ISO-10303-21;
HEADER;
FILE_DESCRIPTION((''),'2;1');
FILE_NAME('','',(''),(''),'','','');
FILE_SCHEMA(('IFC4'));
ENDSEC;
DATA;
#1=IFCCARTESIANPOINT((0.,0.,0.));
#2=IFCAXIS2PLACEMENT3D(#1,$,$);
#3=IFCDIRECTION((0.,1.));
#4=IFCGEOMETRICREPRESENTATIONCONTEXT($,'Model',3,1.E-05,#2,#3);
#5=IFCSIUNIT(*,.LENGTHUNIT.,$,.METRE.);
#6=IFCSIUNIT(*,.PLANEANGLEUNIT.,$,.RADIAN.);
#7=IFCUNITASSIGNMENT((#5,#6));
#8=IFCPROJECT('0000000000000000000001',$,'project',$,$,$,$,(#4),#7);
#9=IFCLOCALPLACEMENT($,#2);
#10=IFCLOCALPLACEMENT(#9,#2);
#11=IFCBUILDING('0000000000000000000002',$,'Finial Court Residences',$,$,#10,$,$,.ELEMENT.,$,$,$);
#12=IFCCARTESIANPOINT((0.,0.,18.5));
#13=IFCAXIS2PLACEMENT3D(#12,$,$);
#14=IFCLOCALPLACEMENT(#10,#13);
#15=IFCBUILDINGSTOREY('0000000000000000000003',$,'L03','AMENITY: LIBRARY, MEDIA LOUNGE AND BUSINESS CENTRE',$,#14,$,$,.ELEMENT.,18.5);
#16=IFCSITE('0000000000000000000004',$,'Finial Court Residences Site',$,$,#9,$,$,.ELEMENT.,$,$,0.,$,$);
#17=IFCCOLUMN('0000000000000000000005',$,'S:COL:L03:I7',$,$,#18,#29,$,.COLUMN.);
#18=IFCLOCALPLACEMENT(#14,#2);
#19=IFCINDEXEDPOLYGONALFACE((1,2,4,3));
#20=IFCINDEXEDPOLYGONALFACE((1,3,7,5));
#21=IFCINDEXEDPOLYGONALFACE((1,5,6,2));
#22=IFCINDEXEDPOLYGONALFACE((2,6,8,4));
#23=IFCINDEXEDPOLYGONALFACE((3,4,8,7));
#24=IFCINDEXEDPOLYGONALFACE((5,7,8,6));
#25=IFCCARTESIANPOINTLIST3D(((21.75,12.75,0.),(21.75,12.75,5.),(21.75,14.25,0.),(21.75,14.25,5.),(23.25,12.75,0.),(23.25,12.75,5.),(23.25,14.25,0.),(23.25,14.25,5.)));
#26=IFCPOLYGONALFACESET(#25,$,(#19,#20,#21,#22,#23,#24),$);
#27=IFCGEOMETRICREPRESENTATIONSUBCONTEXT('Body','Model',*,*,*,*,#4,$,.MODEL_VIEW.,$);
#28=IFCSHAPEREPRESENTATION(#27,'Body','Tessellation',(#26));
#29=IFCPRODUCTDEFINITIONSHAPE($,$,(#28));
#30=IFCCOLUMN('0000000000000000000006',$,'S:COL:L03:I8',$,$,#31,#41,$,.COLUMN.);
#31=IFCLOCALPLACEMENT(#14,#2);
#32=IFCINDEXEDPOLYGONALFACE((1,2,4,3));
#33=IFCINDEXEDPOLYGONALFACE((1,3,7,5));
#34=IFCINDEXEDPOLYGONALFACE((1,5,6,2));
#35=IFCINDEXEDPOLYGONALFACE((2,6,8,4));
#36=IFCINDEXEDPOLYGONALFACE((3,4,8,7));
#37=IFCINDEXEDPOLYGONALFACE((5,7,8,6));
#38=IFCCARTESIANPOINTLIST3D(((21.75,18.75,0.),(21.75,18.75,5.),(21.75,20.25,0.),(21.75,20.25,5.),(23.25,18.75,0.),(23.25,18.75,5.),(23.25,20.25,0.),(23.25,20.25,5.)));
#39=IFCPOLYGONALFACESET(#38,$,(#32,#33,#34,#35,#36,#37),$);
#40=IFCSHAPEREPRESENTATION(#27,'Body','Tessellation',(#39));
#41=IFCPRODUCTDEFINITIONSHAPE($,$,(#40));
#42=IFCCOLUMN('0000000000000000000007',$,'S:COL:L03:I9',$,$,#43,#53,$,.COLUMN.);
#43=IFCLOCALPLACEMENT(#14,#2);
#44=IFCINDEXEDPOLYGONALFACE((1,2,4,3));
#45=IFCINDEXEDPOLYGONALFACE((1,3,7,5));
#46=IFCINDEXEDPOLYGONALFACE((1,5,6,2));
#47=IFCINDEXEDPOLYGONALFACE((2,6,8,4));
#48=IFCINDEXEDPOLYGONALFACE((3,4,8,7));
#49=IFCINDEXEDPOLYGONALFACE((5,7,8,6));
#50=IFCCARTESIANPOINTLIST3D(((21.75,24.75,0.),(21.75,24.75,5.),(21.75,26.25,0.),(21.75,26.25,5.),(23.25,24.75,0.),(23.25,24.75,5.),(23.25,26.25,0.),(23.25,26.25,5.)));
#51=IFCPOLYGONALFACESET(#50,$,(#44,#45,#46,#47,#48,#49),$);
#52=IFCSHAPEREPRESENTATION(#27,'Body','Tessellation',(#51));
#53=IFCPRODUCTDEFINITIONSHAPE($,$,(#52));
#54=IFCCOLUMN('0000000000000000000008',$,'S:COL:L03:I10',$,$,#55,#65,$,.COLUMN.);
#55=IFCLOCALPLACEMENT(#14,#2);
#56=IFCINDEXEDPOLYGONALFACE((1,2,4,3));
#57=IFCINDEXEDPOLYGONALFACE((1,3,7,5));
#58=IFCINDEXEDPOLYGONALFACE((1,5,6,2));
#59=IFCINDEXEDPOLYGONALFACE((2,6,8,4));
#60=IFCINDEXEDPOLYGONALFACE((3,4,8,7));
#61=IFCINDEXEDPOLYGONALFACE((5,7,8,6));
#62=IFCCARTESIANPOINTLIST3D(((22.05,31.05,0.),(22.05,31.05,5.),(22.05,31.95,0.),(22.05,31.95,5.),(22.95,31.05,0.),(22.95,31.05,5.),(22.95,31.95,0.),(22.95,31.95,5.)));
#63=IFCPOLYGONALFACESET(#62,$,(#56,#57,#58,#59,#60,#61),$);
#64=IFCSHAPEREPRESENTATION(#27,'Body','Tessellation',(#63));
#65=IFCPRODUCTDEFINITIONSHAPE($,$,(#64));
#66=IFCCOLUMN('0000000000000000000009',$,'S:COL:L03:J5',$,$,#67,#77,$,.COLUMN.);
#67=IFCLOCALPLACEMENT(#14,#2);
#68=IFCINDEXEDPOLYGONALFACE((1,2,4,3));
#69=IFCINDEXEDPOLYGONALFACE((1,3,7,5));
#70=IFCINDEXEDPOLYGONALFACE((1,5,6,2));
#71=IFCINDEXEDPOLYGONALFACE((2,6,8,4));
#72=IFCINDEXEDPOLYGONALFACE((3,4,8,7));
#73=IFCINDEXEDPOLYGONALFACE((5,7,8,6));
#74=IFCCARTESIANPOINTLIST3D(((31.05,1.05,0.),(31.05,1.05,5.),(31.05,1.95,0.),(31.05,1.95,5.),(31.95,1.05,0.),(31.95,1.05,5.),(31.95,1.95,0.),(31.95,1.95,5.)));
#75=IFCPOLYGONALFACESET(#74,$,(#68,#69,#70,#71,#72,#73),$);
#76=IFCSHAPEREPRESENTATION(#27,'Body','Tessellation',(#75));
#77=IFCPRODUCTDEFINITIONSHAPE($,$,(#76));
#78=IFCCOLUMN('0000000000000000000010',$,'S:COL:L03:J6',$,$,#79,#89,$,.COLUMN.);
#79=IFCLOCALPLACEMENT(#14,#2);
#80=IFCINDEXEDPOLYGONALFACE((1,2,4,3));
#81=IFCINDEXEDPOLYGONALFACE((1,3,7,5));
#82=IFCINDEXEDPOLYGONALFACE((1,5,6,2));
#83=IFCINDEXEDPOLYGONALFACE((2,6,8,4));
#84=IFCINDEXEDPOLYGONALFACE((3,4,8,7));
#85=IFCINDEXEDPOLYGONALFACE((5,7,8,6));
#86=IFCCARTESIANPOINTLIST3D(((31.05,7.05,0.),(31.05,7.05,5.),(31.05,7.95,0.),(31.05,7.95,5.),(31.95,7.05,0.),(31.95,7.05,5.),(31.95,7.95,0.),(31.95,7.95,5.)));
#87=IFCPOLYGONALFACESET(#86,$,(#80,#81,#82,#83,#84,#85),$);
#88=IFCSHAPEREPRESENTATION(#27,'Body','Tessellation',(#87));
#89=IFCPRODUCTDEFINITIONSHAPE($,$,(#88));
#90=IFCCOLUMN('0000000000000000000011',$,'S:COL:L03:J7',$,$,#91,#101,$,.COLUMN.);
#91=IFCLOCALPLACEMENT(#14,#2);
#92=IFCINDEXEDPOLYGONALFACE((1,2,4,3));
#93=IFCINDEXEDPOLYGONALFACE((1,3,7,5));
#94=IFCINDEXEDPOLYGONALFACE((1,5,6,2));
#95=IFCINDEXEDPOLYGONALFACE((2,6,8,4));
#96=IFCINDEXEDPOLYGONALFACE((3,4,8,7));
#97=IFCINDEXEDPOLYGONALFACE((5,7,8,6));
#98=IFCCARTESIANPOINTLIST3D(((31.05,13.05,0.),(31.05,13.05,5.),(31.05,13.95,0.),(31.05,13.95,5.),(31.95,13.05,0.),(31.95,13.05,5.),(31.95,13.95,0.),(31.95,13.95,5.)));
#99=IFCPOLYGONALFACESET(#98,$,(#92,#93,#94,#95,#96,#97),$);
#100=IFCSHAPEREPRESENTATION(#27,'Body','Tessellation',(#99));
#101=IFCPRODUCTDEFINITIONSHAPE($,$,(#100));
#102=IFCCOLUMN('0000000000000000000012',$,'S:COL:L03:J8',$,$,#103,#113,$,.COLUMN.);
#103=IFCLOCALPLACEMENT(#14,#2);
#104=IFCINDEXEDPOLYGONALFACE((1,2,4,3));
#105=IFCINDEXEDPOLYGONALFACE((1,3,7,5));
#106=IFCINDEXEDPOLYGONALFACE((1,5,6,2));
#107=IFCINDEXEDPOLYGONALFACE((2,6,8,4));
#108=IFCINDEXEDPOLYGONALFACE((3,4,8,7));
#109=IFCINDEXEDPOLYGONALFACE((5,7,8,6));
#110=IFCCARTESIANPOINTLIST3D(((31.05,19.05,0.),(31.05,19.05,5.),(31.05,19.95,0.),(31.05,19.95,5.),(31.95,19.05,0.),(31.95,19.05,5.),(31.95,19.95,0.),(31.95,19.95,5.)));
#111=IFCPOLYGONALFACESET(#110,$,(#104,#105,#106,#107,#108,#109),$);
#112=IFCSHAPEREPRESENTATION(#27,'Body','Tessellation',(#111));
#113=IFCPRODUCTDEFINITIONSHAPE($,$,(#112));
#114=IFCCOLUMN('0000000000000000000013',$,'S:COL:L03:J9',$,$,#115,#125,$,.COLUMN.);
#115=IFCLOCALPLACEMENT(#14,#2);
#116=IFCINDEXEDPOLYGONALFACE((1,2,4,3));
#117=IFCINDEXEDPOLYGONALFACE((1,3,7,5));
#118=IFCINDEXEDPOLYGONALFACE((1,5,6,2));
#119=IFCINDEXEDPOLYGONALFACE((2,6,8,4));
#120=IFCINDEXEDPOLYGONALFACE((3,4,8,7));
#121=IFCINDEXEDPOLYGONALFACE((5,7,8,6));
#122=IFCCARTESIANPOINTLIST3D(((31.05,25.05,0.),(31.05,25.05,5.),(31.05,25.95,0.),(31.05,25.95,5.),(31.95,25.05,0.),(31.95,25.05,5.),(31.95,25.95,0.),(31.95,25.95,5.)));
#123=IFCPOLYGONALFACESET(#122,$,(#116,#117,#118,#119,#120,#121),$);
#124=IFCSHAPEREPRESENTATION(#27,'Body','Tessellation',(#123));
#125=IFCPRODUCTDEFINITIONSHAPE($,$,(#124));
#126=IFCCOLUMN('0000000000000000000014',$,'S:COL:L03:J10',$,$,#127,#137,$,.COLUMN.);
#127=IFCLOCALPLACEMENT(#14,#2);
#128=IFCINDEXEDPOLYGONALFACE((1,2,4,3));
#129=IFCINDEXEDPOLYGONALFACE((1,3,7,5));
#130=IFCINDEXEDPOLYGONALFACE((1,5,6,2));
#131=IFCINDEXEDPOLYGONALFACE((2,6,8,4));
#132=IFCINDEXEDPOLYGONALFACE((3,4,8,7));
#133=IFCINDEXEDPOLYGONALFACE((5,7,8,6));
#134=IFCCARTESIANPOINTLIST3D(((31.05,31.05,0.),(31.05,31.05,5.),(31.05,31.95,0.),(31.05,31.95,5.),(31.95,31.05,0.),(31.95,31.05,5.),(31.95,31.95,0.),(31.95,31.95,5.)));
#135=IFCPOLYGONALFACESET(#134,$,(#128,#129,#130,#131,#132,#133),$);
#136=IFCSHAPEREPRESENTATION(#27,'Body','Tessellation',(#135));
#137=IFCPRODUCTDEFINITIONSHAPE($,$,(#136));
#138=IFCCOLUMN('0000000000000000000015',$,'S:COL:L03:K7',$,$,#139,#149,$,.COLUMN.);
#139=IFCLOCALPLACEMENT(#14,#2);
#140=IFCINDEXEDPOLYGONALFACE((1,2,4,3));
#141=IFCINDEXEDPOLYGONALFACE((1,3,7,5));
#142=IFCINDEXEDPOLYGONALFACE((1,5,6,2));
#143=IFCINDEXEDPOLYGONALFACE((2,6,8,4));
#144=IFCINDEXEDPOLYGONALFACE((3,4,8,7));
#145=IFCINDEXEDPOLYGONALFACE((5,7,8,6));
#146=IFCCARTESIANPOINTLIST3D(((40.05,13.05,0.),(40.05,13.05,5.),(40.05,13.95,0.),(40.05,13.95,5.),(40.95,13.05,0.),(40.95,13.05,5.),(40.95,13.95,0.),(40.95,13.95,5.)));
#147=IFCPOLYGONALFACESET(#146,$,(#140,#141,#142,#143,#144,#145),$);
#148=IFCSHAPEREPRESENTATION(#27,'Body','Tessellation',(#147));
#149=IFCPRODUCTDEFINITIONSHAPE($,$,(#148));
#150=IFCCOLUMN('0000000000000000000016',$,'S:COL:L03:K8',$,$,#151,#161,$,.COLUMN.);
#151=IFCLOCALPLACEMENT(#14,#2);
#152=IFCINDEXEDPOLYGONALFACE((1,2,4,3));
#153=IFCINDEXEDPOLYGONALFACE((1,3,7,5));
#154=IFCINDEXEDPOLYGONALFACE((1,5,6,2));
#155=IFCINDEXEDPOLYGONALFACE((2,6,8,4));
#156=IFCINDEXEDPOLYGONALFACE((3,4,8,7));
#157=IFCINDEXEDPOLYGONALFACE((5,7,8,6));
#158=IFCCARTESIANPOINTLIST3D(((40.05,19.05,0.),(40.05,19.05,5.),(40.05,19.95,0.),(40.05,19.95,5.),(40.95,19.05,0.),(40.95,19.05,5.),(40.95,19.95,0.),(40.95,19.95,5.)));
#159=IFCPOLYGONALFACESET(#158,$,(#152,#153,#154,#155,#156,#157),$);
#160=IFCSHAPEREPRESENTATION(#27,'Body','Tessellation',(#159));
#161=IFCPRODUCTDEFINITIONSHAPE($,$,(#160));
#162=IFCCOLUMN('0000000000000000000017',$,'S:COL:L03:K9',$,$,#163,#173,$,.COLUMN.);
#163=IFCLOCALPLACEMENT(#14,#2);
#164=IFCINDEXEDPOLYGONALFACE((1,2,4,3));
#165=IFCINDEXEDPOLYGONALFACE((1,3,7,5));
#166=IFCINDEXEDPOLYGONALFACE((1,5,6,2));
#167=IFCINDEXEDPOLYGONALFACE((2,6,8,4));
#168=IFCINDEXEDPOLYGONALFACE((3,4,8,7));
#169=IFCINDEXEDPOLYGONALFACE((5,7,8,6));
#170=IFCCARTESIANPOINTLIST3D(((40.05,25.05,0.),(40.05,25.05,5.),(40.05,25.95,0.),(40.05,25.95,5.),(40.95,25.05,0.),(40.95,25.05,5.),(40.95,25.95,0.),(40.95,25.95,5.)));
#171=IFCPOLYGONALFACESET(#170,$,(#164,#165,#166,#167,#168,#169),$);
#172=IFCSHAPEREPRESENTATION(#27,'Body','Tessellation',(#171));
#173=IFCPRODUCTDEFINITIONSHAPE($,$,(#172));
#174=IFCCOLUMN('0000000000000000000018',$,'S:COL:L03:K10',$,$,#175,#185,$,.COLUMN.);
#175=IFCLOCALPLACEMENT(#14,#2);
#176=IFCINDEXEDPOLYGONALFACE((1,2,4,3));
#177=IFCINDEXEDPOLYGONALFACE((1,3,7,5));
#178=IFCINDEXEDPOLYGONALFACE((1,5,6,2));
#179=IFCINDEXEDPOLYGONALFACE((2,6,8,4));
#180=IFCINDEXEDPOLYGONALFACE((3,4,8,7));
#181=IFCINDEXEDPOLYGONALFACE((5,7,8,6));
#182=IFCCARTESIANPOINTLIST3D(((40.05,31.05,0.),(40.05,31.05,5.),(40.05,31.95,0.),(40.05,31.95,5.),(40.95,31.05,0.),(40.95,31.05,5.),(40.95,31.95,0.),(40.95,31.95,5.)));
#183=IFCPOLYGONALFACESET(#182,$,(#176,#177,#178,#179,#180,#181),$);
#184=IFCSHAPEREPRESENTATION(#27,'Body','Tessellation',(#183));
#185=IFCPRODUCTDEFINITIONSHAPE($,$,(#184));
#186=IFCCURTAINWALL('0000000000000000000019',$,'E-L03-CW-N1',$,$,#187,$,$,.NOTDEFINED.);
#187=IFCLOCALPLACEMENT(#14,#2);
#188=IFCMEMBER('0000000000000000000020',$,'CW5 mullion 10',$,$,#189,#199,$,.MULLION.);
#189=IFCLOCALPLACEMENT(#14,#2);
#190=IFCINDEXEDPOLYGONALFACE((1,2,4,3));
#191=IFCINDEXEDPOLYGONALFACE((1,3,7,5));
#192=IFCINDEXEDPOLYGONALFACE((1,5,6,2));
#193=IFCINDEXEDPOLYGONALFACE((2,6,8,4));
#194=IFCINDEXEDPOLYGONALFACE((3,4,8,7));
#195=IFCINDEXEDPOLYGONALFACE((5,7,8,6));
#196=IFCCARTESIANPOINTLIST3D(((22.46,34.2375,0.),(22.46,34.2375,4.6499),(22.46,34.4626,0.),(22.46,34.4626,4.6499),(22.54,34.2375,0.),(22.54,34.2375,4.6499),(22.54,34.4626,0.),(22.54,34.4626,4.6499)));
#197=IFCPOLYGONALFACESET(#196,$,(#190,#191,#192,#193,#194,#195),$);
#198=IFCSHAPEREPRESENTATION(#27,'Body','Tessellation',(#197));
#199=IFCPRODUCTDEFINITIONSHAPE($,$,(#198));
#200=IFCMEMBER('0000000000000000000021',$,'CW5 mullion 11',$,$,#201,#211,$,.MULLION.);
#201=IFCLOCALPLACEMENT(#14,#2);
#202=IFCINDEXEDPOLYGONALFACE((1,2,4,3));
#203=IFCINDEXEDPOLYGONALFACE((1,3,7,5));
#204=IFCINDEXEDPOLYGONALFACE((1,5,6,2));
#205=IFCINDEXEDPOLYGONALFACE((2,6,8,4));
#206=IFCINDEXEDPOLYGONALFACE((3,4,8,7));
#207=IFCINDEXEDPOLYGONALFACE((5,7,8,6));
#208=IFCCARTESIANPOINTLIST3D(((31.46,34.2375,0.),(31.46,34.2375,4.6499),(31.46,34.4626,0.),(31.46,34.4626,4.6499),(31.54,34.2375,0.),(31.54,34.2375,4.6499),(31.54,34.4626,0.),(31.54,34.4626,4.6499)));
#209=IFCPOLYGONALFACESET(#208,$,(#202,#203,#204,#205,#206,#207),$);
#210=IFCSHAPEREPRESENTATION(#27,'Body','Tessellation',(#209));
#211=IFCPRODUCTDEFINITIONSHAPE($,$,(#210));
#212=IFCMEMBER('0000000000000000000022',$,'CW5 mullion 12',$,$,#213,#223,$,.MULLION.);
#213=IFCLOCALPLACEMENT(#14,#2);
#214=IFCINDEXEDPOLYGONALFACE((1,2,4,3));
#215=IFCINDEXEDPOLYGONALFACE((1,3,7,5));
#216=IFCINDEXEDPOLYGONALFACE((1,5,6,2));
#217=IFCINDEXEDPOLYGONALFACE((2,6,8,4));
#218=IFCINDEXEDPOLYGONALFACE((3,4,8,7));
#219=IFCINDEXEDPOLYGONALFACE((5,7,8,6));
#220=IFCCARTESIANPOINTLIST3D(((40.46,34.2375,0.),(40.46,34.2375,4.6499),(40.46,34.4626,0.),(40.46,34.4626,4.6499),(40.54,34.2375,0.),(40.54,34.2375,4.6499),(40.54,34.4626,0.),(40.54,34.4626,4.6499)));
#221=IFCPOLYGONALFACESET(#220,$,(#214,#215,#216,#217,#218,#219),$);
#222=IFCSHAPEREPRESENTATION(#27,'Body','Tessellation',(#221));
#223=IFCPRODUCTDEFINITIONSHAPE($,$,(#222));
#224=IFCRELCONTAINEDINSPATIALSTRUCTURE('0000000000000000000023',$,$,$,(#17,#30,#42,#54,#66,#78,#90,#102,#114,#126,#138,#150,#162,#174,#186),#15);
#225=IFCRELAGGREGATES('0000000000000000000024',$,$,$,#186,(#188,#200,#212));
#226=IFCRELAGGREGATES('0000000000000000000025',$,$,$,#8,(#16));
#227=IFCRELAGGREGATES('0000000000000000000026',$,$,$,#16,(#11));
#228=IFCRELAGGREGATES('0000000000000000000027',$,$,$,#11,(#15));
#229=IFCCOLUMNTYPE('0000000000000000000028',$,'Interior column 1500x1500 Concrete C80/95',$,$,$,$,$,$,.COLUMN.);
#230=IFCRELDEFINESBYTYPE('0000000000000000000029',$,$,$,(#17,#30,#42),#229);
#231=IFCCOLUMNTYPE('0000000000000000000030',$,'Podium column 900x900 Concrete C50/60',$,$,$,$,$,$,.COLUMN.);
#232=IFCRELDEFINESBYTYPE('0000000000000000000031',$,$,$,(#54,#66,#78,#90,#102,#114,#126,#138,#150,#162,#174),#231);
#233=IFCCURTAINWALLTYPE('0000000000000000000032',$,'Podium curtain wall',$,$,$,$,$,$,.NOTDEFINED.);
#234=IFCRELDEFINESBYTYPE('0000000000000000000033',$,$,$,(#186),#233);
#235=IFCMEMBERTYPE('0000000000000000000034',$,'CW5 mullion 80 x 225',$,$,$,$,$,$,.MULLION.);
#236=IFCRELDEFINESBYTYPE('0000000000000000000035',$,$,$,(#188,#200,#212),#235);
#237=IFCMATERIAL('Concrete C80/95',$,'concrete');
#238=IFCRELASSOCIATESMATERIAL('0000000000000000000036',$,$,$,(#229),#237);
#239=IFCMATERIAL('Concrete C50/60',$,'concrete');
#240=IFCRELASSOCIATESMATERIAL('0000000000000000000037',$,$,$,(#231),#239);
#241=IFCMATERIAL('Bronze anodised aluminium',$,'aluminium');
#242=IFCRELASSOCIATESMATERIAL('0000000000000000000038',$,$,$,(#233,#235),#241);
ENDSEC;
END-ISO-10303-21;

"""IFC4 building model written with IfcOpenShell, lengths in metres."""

from ifc_helpers import new_model, si_unit, direction, frame, origin, origin_2d, place, context, subcontext, project, spatial, rectangle, extrude, material, material_profile, profile_set, type_object, element, aggregate, save


model = new_model("IFC4")

# Units and contexts
model_context = context("Model", 3, precision=1e-05, world=origin(), true_north=direction((0.0, 1.0)))
body_context = subcontext(model_context, "Body", "Model", "MODEL_VIEW")
ifc_project = project(units=[si_unit("LENGTHUNIT", "METRE"), si_unit("PLANEANGLEUNIT", "RADIAN")], contexts=[model_context])

# Site, building, storey
site_placement = place(None, origin())
site = spatial("IfcSite", under=ifc_project, at=site_placement, Name="Finial Court Residences Site", CompositionType="ELEMENT", RefElevation=0.0)
building_placement = place(site_placement, origin())
building = spatial("IfcBuilding", under=site, at=building_placement, Name="Finial Court Residences", CompositionType="ELEMENT")
storey_placement = place(building_placement, frame((0.0, 0.0, 18.5)))
storey = spatial("IfcBuildingStorey", under=building, at=storey_placement, Name="L03", Description="AMENITY: LIBRARY, MEDIA LOUNGE AND BUSINESS CENTRE", CompositionType="ELEMENT", Elevation=18.5)

# Columns
ifc_material_1 = material(Name="Concrete C80/95", Category="concrete")
ifc_material_profile_1 = material_profile(ifc_material_1, rectangle(XDim=1.5, YDim=1.5, at=origin_2d()), Name="1500x1500")
ifc_profile_set_1 = profile_set([ifc_material_profile_1], Name="Concrete C80/95")
column_type_1 = type_object("IfcColumnType", Name="Interior column 1500x1500 Concrete C80/95", PredefinedType="COLUMN", material=ifc_profile_set_1)
for number, where, z_axis, x_axis, name in (
    (1, (22.5, 13.5, 0.0), (0.0, 0.0, 1.0), (1.0, 0.0, 0.0), "S:COL:L03:I7"),
    (2, (22.5, 19.5, 0.0), (0.0, 0.0, 1.0), (1.0, 0.0, 0.0), "S:COL:L03:I8"),
    (3, (22.5, 25.5, 0.0), (0.0, 0.0, 1.0), (1.0, 0.0, 0.0), "S:COL:L03:I9"),
):
    element("IfcColumn", number, at=place(storey_placement, frame(where, z_axis=z_axis, x_axis=x_axis)), inside=storey, type_object=column_type_1, Name=name, PredefinedType="COLUMN", context=body_context, shape_type="SweptSolid", body=[
        extrude(rectangle(XDim=1.5, YDim=1.5, at=origin_2d()), origin(), (0.0, 0.0, 1.0), 5.0),
    ])
ifc_material_2 = material(Name="Concrete C50/60", Category="concrete")
ifc_material_profile_2 = material_profile(ifc_material_2, rectangle(XDim=0.8999, YDim=0.8999, at=origin_2d()), Name="900x900")
ifc_profile_set_2 = profile_set([ifc_material_profile_2], Name="Concrete C50/60")
column_type_2 = type_object("IfcColumnType", Name="Podium column 900x900 Concrete C50/60", PredefinedType="COLUMN", material=ifc_profile_set_2)
for number, where, z_axis, x_axis, name in (
    (4, (22.5, 31.5, 0.0), (0.0, 0.0, 1.0), (1.0, 0.0, 0.0), "S:COL:L03:I10"),
    (5, (31.5, 1.5, 0.0), (0.0, 0.0, 1.0), (1.0, 0.0, 0.0), "S:COL:L03:J5"),
    (6, (31.5, 7.5, 0.0), (0.0, 0.0, 1.0), (1.0, 0.0, 0.0), "S:COL:L03:J6"),
    (7, (31.5, 13.5, 0.0), (0.0, 0.0, 1.0), (1.0, 0.0, 0.0), "S:COL:L03:J7"),
    (8, (31.5, 19.5, 0.0), (0.0, 0.0, 1.0), (1.0, 0.0, 0.0), "S:COL:L03:J8"),
    (9, (31.5, 25.5, 0.0), (0.0, 0.0, 1.0), (1.0, 0.0, 0.0), "S:COL:L03:J9"),
    (10, (31.5, 31.5, 0.0), (0.0, 0.0, 1.0), (1.0, 0.0, 0.0), "S:COL:L03:J10"),
    (11, (40.5, 13.5, 0.0), (0.0, 0.0, 1.0), (1.0, 0.0, 0.0), "S:COL:L03:K7"),
    (12, (40.5, 19.5, 0.0), (0.0, 0.0, 1.0), (1.0, 0.0, 0.0), "S:COL:L03:K8"),
    (13, (40.5, 25.5, 0.0), (0.0, 0.0, 1.0), (1.0, 0.0, 0.0), "S:COL:L03:K9"),
    (14, (40.5, 31.5, 0.0), (0.0, 0.0, 1.0), (1.0, 0.0, 0.0), "S:COL:L03:K10"),
):
    element("IfcColumn", number, at=place(storey_placement, frame(where, z_axis=z_axis, x_axis=x_axis)), inside=storey, type_object=column_type_2, Name=name, PredefinedType="COLUMN", context=body_context, shape_type="SweptSolid", body=[
        extrude(rectangle(XDim=0.8999, YDim=0.8999, at=origin_2d()), origin(), (0.0, 0.0, 1.0), 5.0),
    ])

# Curtain wall, members
ifc_material_3 = material(Name="Bronze anodised aluminium", Category="aluminium")
curtain_wall_type = type_object("IfcCurtainWallType", Name="Podium curtain wall", PredefinedType="NOTDEFINED", material=ifc_material_3)
curtain_wall_placement = place(storey_placement, origin())
curtain_wall = element("IfcCurtainWall", 15, at=curtain_wall_placement, inside=storey, type_object=curtain_wall_type, Name="E-L03-CW-N1", PredefinedType="NOTDEFINED")
ifc_material_profile_3 = material_profile(ifc_material_3, rectangle(XDim=0.2251, YDim=0.0801, at=origin_2d()), Name="CW5 mullion 80 x 225")
ifc_profile_set_3 = profile_set([ifc_material_profile_3], Name="Bronze anodised aluminium")
member_type_1 = type_object("IfcMemberType", Name="CW5 mullion 80 x 225", PredefinedType="MULLION", material=ifc_profile_set_3)
member_1_placement = place(storey_placement, frame((22.5, 34.3501, 0.0), z_axis=(0.0, 0.0, 1.0), x_axis=(0.0, 1.0, 0.0)))
member_1 = element("IfcMember", 16, at=member_1_placement, type_object=member_type_1, Name="CW5 mullion 10", PredefinedType="MULLION", context=body_context, shape_type="SweptSolid", body=[
    extrude(rectangle(XDim=0.2251, YDim=0.0801, at=origin_2d()), origin(), (0.0, 0.0, 1.0), 4.6499),
])
member_2_placement = place(storey_placement, frame((31.5, 34.3501, 0.0), z_axis=(0.0, 0.0, 1.0), x_axis=(0.0, 1.0, 0.0)))
member_2 = element("IfcMember", 17, at=member_2_placement, type_object=member_type_1, Name="CW5 mullion 11", PredefinedType="MULLION", context=body_context, shape_type="SweptSolid", body=[
    extrude(rectangle(XDim=0.2251, YDim=0.0801, at=origin_2d()), origin(), (0.0, 0.0, 1.0), 4.6499),
])
member_3_placement = place(storey_placement, frame((40.5, 34.3501, 0.0), z_axis=(0.0, 0.0, 1.0), x_axis=(0.0, 1.0, 0.0)))
member_3 = element("IfcMember", 18, at=member_3_placement, type_object=member_type_1, Name="CW5 mullion 12", PredefinedType="MULLION", context=body_context, shape_type="SweptSolid", body=[
    extrude(rectangle(XDim=0.2251, YDim=0.0801, at=origin_2d()), origin(), (0.0, 0.0, 1.0), 4.6499),
])
aggregate(curtain_wall, [member_1, member_2, member_3])

save(model, "model.ifc")
